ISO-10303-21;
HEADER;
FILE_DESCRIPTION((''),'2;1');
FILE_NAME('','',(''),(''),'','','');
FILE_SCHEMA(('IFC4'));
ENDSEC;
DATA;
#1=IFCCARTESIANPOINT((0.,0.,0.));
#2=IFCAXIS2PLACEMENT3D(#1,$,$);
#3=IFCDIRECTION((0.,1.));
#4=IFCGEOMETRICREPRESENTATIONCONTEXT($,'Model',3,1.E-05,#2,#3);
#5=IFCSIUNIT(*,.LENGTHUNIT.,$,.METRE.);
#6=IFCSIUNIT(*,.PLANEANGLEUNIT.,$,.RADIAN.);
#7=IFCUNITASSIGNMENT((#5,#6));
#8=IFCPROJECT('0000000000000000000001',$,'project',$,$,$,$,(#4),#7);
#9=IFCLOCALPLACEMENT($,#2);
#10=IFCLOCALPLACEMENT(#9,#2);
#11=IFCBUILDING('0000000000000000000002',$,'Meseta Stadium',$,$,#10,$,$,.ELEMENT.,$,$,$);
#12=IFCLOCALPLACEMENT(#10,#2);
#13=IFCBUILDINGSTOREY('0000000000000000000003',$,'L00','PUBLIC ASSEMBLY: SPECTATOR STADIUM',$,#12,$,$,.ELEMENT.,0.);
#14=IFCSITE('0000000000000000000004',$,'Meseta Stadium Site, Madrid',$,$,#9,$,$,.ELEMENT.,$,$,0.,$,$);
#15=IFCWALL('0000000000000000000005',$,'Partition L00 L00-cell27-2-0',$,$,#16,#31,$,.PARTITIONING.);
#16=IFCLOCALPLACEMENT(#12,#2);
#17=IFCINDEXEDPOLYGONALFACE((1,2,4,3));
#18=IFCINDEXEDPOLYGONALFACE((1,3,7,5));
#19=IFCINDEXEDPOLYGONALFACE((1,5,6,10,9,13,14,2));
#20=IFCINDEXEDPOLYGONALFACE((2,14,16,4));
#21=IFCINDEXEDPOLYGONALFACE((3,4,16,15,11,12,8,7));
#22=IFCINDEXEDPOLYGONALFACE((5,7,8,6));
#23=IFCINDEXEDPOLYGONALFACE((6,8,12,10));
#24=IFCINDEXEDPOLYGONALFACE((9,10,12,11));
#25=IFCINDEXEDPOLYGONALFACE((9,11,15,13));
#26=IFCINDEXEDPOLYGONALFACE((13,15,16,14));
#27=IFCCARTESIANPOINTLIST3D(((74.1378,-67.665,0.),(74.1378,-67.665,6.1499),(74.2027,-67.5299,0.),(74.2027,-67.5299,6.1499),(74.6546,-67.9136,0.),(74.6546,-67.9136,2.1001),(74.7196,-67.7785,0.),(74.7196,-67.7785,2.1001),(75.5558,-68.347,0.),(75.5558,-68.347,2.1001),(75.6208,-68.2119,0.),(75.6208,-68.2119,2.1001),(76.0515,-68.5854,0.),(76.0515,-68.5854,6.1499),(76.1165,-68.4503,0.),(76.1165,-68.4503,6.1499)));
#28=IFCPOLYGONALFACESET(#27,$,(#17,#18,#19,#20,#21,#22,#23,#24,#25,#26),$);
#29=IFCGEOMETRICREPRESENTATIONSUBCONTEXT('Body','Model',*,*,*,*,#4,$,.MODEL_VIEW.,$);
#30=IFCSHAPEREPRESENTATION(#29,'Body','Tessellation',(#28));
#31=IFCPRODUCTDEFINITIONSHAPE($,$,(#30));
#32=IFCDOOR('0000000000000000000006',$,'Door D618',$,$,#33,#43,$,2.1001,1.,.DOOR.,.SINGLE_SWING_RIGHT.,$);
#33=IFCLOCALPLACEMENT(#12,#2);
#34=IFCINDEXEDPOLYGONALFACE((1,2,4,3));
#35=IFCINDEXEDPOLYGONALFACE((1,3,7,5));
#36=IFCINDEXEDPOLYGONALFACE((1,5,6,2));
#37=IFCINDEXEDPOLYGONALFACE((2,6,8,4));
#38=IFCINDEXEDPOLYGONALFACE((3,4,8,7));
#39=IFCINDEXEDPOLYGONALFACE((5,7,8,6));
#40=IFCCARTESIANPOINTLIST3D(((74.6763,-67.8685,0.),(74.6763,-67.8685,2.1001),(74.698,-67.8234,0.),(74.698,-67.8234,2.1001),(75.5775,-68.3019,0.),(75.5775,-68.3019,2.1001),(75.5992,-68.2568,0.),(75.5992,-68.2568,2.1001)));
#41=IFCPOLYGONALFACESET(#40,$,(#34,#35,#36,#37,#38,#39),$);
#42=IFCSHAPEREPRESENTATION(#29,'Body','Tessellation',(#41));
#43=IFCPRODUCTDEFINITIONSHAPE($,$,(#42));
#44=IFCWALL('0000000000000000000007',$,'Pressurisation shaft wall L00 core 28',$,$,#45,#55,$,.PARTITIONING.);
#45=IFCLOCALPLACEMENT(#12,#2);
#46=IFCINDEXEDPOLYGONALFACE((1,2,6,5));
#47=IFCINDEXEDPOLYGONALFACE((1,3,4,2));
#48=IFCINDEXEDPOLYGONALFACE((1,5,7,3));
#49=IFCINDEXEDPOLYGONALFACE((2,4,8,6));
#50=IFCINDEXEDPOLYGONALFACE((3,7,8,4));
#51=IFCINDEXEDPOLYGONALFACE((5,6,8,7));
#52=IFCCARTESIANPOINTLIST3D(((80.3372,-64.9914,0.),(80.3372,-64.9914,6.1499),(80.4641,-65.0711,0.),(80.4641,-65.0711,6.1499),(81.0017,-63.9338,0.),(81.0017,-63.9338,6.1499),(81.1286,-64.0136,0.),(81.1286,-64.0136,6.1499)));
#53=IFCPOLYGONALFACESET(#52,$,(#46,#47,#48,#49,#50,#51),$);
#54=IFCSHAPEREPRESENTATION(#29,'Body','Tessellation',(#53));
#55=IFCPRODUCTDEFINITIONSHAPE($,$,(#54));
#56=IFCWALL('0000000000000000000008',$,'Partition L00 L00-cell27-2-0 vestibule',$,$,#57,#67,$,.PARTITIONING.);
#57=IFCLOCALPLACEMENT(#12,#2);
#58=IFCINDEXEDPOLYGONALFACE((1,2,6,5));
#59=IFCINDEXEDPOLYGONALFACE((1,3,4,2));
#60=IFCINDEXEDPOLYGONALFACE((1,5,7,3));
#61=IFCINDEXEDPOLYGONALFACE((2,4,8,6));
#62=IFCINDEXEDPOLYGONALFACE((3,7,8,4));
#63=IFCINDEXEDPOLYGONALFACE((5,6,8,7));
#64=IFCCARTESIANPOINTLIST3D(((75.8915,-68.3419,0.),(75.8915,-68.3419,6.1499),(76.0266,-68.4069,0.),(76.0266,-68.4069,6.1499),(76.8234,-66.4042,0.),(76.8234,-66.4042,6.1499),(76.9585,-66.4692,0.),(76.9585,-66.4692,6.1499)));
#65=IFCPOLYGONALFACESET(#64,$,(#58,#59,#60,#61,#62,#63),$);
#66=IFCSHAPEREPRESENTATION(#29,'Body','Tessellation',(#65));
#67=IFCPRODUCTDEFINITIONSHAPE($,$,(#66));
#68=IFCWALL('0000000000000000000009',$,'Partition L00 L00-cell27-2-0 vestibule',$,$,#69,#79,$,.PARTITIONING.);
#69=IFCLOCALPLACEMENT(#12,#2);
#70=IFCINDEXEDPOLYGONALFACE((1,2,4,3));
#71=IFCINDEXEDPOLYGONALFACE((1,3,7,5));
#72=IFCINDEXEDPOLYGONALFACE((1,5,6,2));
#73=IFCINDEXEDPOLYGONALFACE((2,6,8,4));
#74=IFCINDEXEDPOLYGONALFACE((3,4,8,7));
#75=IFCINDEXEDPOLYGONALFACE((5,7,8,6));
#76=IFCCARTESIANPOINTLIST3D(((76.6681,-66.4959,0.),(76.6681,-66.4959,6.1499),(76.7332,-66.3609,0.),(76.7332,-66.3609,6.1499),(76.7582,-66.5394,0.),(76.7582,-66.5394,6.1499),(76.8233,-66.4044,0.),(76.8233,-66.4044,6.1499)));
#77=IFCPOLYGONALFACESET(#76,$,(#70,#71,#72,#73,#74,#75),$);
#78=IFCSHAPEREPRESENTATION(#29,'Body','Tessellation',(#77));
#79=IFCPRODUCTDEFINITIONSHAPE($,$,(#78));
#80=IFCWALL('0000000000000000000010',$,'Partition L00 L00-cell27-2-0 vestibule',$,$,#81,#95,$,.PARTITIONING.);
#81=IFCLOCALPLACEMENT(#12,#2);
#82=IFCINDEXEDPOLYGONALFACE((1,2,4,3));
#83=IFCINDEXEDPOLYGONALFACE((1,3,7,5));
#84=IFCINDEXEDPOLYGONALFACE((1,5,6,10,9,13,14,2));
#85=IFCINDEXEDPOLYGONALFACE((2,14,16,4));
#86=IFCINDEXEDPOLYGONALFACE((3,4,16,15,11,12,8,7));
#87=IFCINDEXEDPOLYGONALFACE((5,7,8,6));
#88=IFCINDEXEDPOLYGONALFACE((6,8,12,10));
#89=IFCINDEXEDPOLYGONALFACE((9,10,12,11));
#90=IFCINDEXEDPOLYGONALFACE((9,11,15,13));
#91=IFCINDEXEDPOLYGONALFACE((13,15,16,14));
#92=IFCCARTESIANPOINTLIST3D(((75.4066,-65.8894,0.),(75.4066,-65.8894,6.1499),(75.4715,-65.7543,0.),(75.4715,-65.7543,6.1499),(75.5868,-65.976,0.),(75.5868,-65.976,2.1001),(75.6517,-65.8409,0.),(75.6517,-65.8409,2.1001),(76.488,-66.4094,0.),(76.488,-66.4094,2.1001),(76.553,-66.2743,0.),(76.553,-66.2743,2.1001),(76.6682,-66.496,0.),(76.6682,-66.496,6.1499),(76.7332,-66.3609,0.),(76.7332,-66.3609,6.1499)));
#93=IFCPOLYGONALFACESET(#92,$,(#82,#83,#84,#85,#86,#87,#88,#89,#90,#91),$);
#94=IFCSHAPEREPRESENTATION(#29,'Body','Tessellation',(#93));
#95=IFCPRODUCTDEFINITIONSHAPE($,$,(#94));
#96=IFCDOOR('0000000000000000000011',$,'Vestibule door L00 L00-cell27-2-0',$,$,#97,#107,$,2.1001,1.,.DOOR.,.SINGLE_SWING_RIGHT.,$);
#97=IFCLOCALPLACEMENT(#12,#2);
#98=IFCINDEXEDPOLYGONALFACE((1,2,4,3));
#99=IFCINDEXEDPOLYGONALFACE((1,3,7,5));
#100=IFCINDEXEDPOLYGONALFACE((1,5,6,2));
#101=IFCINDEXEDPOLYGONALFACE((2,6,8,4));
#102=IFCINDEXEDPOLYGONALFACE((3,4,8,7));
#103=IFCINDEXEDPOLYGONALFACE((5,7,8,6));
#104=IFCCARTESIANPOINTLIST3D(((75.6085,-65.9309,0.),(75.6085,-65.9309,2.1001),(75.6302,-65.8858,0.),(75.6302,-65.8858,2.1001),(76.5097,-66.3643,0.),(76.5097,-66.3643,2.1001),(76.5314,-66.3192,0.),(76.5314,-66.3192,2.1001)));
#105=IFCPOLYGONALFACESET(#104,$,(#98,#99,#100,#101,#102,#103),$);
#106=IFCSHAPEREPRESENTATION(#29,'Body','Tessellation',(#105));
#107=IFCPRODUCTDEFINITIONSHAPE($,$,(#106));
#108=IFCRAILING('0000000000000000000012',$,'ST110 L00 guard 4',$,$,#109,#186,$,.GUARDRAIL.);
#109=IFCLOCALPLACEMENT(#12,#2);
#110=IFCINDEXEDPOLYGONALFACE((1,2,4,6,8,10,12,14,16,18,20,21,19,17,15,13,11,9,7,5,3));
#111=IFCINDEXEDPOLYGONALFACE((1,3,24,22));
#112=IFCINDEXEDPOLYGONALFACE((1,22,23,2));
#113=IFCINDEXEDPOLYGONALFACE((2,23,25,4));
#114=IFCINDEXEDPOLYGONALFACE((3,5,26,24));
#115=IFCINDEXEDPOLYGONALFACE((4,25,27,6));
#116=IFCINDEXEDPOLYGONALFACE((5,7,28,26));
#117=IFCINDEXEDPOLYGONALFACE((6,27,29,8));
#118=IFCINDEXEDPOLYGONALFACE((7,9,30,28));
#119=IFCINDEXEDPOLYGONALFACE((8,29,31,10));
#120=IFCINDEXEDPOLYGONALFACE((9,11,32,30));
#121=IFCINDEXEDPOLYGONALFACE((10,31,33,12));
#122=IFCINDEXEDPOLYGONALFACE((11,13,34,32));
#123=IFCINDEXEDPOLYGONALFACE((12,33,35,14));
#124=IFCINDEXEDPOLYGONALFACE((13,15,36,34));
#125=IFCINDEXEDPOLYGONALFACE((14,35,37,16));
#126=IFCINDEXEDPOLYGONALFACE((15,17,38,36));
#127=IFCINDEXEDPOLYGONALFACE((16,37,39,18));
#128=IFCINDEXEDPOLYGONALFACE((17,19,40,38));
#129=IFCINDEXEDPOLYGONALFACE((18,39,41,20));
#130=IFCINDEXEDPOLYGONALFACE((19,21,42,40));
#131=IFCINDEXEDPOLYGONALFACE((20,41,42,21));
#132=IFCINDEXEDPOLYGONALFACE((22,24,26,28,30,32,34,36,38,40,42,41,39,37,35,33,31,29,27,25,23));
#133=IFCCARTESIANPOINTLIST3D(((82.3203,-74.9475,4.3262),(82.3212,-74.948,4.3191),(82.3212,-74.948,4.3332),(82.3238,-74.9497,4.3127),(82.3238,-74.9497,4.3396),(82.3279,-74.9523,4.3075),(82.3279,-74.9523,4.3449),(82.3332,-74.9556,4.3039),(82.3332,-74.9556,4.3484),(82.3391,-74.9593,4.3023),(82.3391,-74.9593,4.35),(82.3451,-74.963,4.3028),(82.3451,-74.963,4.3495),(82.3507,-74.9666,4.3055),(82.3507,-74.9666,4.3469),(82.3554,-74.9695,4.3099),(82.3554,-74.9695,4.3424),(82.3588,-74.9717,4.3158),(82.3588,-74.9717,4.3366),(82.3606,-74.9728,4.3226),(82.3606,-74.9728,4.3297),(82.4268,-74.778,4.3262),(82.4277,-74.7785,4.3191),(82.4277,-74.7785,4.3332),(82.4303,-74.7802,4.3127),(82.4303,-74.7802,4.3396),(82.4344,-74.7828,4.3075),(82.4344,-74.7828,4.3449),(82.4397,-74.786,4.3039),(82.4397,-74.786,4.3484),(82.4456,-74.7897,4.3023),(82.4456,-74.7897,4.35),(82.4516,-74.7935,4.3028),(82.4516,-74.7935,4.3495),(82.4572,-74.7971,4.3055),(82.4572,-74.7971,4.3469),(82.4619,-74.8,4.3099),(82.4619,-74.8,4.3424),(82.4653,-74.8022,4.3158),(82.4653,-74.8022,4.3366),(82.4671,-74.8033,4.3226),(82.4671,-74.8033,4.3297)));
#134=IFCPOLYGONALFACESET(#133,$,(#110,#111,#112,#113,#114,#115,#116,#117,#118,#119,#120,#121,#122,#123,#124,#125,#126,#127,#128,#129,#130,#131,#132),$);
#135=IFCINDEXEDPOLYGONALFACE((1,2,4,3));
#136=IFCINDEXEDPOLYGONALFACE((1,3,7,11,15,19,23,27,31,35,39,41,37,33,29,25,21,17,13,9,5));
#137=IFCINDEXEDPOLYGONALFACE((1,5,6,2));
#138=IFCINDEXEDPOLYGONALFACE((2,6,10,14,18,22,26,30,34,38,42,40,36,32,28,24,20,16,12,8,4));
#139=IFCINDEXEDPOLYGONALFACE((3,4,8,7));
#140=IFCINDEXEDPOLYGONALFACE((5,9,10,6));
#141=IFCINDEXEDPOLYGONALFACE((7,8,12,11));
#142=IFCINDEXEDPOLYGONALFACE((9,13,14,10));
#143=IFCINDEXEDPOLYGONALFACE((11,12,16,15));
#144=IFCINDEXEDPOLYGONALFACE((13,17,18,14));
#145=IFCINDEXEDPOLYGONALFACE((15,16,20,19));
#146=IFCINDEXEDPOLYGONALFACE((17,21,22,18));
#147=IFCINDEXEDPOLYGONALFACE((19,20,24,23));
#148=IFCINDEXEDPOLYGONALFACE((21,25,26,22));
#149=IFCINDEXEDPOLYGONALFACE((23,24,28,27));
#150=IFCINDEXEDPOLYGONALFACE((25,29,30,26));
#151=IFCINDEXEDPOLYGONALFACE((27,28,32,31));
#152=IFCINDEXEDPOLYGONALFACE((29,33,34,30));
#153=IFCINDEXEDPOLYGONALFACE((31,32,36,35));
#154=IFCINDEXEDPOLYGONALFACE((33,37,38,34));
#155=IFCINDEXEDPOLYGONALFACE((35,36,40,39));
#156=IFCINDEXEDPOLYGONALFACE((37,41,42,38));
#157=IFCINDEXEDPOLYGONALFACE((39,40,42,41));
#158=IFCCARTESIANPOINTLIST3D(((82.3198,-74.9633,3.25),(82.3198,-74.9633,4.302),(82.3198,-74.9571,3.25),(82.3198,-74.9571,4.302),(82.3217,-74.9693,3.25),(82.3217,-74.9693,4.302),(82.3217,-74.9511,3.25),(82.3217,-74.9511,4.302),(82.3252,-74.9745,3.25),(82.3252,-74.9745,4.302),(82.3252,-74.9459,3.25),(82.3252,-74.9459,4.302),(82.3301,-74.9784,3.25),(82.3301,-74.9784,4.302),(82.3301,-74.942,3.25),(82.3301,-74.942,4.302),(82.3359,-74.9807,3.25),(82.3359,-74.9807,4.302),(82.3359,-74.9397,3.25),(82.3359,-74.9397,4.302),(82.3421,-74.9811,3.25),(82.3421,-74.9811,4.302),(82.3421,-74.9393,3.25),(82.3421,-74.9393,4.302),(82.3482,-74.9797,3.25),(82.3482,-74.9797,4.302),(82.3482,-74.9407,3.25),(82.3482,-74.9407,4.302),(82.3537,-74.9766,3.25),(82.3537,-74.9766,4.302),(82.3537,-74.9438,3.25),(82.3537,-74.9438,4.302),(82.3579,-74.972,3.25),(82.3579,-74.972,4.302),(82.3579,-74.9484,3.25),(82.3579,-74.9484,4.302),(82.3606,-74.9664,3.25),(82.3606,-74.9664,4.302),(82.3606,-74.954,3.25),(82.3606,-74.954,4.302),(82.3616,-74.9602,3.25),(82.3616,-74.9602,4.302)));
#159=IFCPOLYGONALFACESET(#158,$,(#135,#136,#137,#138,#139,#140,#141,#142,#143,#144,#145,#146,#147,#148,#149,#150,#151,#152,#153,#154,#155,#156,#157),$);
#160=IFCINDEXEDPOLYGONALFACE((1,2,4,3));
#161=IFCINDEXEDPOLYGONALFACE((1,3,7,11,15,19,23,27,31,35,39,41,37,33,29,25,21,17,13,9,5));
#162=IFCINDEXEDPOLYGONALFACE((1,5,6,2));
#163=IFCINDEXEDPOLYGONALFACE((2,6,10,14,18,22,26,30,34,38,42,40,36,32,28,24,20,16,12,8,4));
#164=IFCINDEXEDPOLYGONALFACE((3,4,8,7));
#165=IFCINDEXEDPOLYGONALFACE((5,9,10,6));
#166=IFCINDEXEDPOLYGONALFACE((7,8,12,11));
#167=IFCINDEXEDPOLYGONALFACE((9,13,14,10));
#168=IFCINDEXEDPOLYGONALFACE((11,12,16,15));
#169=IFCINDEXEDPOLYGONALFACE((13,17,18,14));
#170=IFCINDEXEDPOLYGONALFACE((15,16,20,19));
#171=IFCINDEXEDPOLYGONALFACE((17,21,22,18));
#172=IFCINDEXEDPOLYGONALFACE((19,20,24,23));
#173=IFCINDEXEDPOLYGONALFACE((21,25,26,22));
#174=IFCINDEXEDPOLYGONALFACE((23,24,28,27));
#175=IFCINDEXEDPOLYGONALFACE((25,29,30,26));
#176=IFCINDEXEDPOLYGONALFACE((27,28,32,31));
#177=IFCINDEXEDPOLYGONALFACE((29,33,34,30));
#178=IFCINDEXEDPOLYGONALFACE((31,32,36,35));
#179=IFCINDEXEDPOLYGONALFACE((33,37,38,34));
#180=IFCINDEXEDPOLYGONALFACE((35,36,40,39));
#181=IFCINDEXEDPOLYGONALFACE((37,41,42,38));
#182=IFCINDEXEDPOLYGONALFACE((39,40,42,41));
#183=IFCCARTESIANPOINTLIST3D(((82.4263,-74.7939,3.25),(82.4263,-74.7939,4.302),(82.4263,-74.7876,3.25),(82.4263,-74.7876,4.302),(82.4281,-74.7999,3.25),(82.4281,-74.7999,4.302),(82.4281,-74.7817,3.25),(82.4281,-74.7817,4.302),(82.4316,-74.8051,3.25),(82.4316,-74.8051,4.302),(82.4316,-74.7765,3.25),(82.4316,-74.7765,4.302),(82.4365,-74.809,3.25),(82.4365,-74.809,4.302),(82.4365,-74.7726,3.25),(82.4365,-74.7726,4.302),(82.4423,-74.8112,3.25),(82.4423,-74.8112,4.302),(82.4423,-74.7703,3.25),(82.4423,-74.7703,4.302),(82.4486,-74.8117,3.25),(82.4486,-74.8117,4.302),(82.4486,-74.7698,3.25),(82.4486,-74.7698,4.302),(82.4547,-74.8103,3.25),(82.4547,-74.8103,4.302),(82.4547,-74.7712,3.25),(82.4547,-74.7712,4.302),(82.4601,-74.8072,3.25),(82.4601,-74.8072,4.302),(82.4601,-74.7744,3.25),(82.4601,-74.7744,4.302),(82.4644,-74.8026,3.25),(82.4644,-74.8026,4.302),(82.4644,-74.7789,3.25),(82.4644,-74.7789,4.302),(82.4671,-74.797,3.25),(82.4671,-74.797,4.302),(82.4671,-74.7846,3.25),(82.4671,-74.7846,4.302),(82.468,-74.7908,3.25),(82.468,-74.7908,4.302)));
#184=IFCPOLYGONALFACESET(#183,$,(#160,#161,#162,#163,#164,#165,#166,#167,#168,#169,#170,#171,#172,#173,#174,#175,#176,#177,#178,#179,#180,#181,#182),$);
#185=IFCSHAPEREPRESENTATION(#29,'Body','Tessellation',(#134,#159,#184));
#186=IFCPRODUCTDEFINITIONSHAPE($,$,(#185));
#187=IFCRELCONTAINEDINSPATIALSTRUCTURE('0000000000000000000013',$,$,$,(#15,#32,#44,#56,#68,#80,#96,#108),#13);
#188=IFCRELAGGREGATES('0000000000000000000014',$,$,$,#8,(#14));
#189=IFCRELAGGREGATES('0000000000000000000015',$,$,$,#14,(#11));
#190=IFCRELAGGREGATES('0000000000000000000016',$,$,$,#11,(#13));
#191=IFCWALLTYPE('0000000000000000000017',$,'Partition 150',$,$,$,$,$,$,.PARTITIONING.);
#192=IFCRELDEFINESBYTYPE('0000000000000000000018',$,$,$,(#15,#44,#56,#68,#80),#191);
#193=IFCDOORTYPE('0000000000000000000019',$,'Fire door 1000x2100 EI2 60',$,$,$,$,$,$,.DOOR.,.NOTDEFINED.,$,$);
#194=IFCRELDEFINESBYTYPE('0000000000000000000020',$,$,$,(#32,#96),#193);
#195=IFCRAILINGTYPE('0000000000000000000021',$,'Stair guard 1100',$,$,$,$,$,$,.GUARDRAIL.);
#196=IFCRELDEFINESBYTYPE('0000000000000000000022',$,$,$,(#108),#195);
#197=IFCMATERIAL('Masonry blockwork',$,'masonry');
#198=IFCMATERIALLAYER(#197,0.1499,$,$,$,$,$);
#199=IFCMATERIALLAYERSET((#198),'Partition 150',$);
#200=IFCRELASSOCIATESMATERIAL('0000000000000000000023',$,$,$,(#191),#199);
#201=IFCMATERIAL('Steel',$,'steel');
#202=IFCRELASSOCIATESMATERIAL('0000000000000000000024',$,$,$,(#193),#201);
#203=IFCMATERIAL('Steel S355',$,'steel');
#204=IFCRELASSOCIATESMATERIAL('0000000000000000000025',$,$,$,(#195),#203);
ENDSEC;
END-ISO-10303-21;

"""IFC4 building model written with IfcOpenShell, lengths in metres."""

from ifc_helpers import new_model, si_unit, direction, frame, frame_2d, origin, origin_2d, place, context, subcontext, project, spatial, rectangle, circle, extrude, material, layer, layer_set, type_object, element, fill, save


model = new_model("IFC4")

# Units and contexts
model_context = context("Model", 3, precision=1e-05, world=origin(), true_north=direction((0.0, 1.0)))
body_context = subcontext(model_context, "Body", "Model", "MODEL_VIEW")
ifc_project = project(units=[si_unit("LENGTHUNIT", "METRE"), si_unit("PLANEANGLEUNIT", "RADIAN")], contexts=[model_context])

# Site, building, storey
site_placement = place(None, origin())
site = spatial("IfcSite", under=ifc_project, at=site_placement, Name="Meseta Stadium Site, Madrid", CompositionType="ELEMENT", RefElevation=0.0)
building_placement = place(site_placement, origin())
building = spatial("IfcBuilding", under=site, at=building_placement, Name="Meseta Stadium", CompositionType="ELEMENT")
storey_placement = place(building_placement, origin())
storey = spatial("IfcBuildingStorey", under=building, at=storey_placement, Name="L00", Description="PUBLIC ASSEMBLY: SPECTATOR STADIUM", CompositionType="ELEMENT", Elevation=0.0)

# Wall, opening, door
ifc_material_1 = material(Name="Masonry blockwork", Category="masonry")
ifc_layer_1 = layer(ifc_material_1, 0.1499)
ifc_layer_set_1 = layer_set([ifc_layer_1], Name="Partition 150")
wall_type_1 = type_object("IfcWallType", Name="Partition 150", PredefinedType="PARTITIONING", material=ifc_layer_set_1)
wall_1_placement = place(storey_placement, frame((76.084, -68.5178, 0.0), z_axis=(0.0, 0.0, 1.0), x_axis=(-0.901196, 0.433411, 0.0)))
wall_1 = element("IfcWall", 1, at=wall_1_placement, inside=storey, type_object=wall_type_1, Name="Partition L00 L00-cell27-2-0", PredefinedType="PARTITIONING", context=body_context, shape_type="SweptSolid", body=[
    extrude(rectangle(XDim=2.1235, YDim=0.1499, at=frame_2d((1.0618, 0.0))), origin(), (0.0, 0.0, 1.0), 6.1499),
])
opening_1_placement = place(wall_1_placement, frame((0.55, 0.0, 0.0)))
opening_1 = element("IfcOpeningElement", 2, at=opening_1_placement, cuts=wall_1, PredefinedType="OPENING", context=body_context, shape_type="SweptSolid", body=[
    extrude(rectangle(XDim=1.0, YDim=2.1001, at=frame_2d((0.5, 1.05))), frame((0.0, 0.085, 0.0), z_axis=(0.0, -1.0, 0.0), x_axis=(1.0, 0.0, 0.0)), (0.0, 0.0, 1.0), 0.1699),
])
ifc_material_2 = material(Name="Steel", Category="steel")
door_type_1 = type_object("IfcDoorType", Name="Fire door 1000x2100 EI2 60", OperationType="NOTDEFINED", PredefinedType="DOOR", material=ifc_material_2)
door_1_placement = place(opening_1_placement, origin())
door_1 = element("IfcDoor", 3, at=door_1_placement, inside=storey, type_object=door_type_1, Name="Door D618", OperationType="SINGLE_SWING_RIGHT", OverallHeight=2.1001, OverallWidth=1.0, PredefinedType="DOOR", context=body_context, shape_type="SweptSolid", body=[
    extrude(rectangle(XDim=1.0, YDim=2.1001, at=frame_2d((0.5, 1.05))), frame((0.0, 0.0249, 0.0), z_axis=(0.0, -1.0, 0.0), x_axis=(1.0, 0.0, 0.0)), (0.0, 0.0, 1.0), 0.05),
])
fill(opening_1, door_1)

# Walls
wall_2_placement = place(storey_placement, frame((80.4006, -65.0312, 0.0), z_axis=(0.0, 0.0, 1.0), x_axis=(0.532035, 0.846722, 0.0)))
element("IfcWall", 4, at=wall_2_placement, inside=storey, type_object=wall_type_1, Name="Pressurisation shaft wall L00 core 28", PredefinedType="PARTITIONING", context=body_context, shape_type="SweptSolid", body=[
    extrude(rectangle(XDim=1.249, YDim=0.1499, at=frame_2d((0.6245, 0.0))), origin(), (0.0, 0.0, 1.0), 6.1499),
])
wall_3_placement = place(storey_placement, frame((75.959, -68.3745, 0.0), z_axis=(0.0, 0.0, 1.0), x_axis=(0.433399, 0.901202, 0.0)))
element("IfcWall", 5, at=wall_3_placement, inside=storey, type_object=wall_type_1, Name="Partition L00 L00-cell27-2-0 vestibule", PredefinedType="PARTITIONING", context=body_context, shape_type="SweptSolid", body=[
    extrude(rectangle(XDim=2.1501, YDim=0.1499, at=frame_2d((1.0752, 0.0))), origin(), (0.0, 0.0, 1.0), 6.1499),
])
wall_4_placement = place(storey_placement, frame((76.7908, -66.4719, 0.0), z_axis=(0.0, 0.0, 1.0), x_axis=(-0.900683, 0.434476, 0.0)))
element("IfcWall", 6, at=wall_4_placement, inside=storey, type_object=wall_type_1, Name="Partition L00 L00-cell27-2-0 vestibule", PredefinedType="PARTITIONING", context=body_context, shape_type="SweptSolid", body=[
    extrude(rectangle(XDim=0.1001, YDim=0.1499, at=frame_2d((0.05, 0.0))), origin(), (0.0, 0.0, 1.0), 6.1499),
])

# Wall, opening, door
wall_5_placement = place(storey_placement, frame((76.7007, -66.4285, 0.0), z_axis=(0.0, 0.0, 1.0), x_axis=(-0.901226, 0.433349, 0.0)))
wall_5 = element("IfcWall", 7, at=wall_5_placement, inside=storey, type_object=wall_type_1, Name="Partition L00 L00-cell27-2-0 vestibule", PredefinedType="PARTITIONING", context=body_context, shape_type="SweptSolid", body=[
    extrude(rectangle(XDim=1.3999, YDim=0.1499, at=frame_2d((0.7, 0.0))), origin(), (0.0, 0.0, 1.0), 6.1499),
])
opening_2_placement = place(wall_5_placement, frame((0.2, 0.0, 0.0)))
opening_2 = element("IfcOpeningElement", 8, at=opening_2_placement, cuts=wall_5, PredefinedType="OPENING", context=body_context, shape_type="SweptSolid", body=[
    extrude(rectangle(XDim=1.0, YDim=2.1001, at=frame_2d((0.5, 1.05))), frame((0.0, 0.085, 0.0), z_axis=(0.0, -1.0, 0.0), x_axis=(1.0, 0.0, 0.0)), (0.0, 0.0, 1.0), 0.1699),
])
door_2_placement = place(opening_2_placement, origin())
door_2 = element("IfcDoor", 9, at=door_2_placement, inside=storey, type_object=door_type_1, Name="Vestibule door L00 L00-cell27-2-0", OperationType="SINGLE_SWING_RIGHT", OverallHeight=2.1001, OverallWidth=1.0, PredefinedType="DOOR", context=body_context, shape_type="SweptSolid", body=[
    extrude(rectangle(XDim=1.0, YDim=2.1001, at=frame_2d((0.5, 1.05))), frame((0.0, 0.0249, 0.0), z_axis=(0.0, -1.0, 0.0), x_axis=(1.0, 0.0, 0.0)), (0.0, 0.0, 1.0), 0.05),
])
fill(opening_2, door_2)

# Railing
ifc_material_3 = material(Name="Steel S355", Category="steel")
railing_type = type_object("IfcRailingType", Name="Stair guard 1100", PredefinedType="GUARDRAIL", material=ifc_material_3)
railing_1_placement = place(storey_placement, frame((82.3406, -74.9602, 3.25)))
element("IfcRailing", 10, at=railing_1_placement, inside=storey, type_object=railing_type, Name="ST110 L00 guard 4", PredefinedType="GUARDRAIL", context=body_context, shape_type="SweptSolid", body=[
    extrude(circle(Radius=0.0239, at=origin_2d()), frame((0.0, 0.0, 1.0762), z_axis=(0.531972, 0.846762, 0.0), x_axis=(-0.846762, 0.531972, 0.0)), (0.0, 0.0, 1.0), 0.2002),
    extrude(circle(Radius=0.021, at=origin_2d()), origin(), (0.0, 0.0, 1.0), 1.052),
    extrude(circle(Radius=0.021, at=origin_2d()), frame((0.1064, 0.1694, 0.0)), (0.0, 0.0, 1.0), 1.052),
])

save(model, "model.ifc")
